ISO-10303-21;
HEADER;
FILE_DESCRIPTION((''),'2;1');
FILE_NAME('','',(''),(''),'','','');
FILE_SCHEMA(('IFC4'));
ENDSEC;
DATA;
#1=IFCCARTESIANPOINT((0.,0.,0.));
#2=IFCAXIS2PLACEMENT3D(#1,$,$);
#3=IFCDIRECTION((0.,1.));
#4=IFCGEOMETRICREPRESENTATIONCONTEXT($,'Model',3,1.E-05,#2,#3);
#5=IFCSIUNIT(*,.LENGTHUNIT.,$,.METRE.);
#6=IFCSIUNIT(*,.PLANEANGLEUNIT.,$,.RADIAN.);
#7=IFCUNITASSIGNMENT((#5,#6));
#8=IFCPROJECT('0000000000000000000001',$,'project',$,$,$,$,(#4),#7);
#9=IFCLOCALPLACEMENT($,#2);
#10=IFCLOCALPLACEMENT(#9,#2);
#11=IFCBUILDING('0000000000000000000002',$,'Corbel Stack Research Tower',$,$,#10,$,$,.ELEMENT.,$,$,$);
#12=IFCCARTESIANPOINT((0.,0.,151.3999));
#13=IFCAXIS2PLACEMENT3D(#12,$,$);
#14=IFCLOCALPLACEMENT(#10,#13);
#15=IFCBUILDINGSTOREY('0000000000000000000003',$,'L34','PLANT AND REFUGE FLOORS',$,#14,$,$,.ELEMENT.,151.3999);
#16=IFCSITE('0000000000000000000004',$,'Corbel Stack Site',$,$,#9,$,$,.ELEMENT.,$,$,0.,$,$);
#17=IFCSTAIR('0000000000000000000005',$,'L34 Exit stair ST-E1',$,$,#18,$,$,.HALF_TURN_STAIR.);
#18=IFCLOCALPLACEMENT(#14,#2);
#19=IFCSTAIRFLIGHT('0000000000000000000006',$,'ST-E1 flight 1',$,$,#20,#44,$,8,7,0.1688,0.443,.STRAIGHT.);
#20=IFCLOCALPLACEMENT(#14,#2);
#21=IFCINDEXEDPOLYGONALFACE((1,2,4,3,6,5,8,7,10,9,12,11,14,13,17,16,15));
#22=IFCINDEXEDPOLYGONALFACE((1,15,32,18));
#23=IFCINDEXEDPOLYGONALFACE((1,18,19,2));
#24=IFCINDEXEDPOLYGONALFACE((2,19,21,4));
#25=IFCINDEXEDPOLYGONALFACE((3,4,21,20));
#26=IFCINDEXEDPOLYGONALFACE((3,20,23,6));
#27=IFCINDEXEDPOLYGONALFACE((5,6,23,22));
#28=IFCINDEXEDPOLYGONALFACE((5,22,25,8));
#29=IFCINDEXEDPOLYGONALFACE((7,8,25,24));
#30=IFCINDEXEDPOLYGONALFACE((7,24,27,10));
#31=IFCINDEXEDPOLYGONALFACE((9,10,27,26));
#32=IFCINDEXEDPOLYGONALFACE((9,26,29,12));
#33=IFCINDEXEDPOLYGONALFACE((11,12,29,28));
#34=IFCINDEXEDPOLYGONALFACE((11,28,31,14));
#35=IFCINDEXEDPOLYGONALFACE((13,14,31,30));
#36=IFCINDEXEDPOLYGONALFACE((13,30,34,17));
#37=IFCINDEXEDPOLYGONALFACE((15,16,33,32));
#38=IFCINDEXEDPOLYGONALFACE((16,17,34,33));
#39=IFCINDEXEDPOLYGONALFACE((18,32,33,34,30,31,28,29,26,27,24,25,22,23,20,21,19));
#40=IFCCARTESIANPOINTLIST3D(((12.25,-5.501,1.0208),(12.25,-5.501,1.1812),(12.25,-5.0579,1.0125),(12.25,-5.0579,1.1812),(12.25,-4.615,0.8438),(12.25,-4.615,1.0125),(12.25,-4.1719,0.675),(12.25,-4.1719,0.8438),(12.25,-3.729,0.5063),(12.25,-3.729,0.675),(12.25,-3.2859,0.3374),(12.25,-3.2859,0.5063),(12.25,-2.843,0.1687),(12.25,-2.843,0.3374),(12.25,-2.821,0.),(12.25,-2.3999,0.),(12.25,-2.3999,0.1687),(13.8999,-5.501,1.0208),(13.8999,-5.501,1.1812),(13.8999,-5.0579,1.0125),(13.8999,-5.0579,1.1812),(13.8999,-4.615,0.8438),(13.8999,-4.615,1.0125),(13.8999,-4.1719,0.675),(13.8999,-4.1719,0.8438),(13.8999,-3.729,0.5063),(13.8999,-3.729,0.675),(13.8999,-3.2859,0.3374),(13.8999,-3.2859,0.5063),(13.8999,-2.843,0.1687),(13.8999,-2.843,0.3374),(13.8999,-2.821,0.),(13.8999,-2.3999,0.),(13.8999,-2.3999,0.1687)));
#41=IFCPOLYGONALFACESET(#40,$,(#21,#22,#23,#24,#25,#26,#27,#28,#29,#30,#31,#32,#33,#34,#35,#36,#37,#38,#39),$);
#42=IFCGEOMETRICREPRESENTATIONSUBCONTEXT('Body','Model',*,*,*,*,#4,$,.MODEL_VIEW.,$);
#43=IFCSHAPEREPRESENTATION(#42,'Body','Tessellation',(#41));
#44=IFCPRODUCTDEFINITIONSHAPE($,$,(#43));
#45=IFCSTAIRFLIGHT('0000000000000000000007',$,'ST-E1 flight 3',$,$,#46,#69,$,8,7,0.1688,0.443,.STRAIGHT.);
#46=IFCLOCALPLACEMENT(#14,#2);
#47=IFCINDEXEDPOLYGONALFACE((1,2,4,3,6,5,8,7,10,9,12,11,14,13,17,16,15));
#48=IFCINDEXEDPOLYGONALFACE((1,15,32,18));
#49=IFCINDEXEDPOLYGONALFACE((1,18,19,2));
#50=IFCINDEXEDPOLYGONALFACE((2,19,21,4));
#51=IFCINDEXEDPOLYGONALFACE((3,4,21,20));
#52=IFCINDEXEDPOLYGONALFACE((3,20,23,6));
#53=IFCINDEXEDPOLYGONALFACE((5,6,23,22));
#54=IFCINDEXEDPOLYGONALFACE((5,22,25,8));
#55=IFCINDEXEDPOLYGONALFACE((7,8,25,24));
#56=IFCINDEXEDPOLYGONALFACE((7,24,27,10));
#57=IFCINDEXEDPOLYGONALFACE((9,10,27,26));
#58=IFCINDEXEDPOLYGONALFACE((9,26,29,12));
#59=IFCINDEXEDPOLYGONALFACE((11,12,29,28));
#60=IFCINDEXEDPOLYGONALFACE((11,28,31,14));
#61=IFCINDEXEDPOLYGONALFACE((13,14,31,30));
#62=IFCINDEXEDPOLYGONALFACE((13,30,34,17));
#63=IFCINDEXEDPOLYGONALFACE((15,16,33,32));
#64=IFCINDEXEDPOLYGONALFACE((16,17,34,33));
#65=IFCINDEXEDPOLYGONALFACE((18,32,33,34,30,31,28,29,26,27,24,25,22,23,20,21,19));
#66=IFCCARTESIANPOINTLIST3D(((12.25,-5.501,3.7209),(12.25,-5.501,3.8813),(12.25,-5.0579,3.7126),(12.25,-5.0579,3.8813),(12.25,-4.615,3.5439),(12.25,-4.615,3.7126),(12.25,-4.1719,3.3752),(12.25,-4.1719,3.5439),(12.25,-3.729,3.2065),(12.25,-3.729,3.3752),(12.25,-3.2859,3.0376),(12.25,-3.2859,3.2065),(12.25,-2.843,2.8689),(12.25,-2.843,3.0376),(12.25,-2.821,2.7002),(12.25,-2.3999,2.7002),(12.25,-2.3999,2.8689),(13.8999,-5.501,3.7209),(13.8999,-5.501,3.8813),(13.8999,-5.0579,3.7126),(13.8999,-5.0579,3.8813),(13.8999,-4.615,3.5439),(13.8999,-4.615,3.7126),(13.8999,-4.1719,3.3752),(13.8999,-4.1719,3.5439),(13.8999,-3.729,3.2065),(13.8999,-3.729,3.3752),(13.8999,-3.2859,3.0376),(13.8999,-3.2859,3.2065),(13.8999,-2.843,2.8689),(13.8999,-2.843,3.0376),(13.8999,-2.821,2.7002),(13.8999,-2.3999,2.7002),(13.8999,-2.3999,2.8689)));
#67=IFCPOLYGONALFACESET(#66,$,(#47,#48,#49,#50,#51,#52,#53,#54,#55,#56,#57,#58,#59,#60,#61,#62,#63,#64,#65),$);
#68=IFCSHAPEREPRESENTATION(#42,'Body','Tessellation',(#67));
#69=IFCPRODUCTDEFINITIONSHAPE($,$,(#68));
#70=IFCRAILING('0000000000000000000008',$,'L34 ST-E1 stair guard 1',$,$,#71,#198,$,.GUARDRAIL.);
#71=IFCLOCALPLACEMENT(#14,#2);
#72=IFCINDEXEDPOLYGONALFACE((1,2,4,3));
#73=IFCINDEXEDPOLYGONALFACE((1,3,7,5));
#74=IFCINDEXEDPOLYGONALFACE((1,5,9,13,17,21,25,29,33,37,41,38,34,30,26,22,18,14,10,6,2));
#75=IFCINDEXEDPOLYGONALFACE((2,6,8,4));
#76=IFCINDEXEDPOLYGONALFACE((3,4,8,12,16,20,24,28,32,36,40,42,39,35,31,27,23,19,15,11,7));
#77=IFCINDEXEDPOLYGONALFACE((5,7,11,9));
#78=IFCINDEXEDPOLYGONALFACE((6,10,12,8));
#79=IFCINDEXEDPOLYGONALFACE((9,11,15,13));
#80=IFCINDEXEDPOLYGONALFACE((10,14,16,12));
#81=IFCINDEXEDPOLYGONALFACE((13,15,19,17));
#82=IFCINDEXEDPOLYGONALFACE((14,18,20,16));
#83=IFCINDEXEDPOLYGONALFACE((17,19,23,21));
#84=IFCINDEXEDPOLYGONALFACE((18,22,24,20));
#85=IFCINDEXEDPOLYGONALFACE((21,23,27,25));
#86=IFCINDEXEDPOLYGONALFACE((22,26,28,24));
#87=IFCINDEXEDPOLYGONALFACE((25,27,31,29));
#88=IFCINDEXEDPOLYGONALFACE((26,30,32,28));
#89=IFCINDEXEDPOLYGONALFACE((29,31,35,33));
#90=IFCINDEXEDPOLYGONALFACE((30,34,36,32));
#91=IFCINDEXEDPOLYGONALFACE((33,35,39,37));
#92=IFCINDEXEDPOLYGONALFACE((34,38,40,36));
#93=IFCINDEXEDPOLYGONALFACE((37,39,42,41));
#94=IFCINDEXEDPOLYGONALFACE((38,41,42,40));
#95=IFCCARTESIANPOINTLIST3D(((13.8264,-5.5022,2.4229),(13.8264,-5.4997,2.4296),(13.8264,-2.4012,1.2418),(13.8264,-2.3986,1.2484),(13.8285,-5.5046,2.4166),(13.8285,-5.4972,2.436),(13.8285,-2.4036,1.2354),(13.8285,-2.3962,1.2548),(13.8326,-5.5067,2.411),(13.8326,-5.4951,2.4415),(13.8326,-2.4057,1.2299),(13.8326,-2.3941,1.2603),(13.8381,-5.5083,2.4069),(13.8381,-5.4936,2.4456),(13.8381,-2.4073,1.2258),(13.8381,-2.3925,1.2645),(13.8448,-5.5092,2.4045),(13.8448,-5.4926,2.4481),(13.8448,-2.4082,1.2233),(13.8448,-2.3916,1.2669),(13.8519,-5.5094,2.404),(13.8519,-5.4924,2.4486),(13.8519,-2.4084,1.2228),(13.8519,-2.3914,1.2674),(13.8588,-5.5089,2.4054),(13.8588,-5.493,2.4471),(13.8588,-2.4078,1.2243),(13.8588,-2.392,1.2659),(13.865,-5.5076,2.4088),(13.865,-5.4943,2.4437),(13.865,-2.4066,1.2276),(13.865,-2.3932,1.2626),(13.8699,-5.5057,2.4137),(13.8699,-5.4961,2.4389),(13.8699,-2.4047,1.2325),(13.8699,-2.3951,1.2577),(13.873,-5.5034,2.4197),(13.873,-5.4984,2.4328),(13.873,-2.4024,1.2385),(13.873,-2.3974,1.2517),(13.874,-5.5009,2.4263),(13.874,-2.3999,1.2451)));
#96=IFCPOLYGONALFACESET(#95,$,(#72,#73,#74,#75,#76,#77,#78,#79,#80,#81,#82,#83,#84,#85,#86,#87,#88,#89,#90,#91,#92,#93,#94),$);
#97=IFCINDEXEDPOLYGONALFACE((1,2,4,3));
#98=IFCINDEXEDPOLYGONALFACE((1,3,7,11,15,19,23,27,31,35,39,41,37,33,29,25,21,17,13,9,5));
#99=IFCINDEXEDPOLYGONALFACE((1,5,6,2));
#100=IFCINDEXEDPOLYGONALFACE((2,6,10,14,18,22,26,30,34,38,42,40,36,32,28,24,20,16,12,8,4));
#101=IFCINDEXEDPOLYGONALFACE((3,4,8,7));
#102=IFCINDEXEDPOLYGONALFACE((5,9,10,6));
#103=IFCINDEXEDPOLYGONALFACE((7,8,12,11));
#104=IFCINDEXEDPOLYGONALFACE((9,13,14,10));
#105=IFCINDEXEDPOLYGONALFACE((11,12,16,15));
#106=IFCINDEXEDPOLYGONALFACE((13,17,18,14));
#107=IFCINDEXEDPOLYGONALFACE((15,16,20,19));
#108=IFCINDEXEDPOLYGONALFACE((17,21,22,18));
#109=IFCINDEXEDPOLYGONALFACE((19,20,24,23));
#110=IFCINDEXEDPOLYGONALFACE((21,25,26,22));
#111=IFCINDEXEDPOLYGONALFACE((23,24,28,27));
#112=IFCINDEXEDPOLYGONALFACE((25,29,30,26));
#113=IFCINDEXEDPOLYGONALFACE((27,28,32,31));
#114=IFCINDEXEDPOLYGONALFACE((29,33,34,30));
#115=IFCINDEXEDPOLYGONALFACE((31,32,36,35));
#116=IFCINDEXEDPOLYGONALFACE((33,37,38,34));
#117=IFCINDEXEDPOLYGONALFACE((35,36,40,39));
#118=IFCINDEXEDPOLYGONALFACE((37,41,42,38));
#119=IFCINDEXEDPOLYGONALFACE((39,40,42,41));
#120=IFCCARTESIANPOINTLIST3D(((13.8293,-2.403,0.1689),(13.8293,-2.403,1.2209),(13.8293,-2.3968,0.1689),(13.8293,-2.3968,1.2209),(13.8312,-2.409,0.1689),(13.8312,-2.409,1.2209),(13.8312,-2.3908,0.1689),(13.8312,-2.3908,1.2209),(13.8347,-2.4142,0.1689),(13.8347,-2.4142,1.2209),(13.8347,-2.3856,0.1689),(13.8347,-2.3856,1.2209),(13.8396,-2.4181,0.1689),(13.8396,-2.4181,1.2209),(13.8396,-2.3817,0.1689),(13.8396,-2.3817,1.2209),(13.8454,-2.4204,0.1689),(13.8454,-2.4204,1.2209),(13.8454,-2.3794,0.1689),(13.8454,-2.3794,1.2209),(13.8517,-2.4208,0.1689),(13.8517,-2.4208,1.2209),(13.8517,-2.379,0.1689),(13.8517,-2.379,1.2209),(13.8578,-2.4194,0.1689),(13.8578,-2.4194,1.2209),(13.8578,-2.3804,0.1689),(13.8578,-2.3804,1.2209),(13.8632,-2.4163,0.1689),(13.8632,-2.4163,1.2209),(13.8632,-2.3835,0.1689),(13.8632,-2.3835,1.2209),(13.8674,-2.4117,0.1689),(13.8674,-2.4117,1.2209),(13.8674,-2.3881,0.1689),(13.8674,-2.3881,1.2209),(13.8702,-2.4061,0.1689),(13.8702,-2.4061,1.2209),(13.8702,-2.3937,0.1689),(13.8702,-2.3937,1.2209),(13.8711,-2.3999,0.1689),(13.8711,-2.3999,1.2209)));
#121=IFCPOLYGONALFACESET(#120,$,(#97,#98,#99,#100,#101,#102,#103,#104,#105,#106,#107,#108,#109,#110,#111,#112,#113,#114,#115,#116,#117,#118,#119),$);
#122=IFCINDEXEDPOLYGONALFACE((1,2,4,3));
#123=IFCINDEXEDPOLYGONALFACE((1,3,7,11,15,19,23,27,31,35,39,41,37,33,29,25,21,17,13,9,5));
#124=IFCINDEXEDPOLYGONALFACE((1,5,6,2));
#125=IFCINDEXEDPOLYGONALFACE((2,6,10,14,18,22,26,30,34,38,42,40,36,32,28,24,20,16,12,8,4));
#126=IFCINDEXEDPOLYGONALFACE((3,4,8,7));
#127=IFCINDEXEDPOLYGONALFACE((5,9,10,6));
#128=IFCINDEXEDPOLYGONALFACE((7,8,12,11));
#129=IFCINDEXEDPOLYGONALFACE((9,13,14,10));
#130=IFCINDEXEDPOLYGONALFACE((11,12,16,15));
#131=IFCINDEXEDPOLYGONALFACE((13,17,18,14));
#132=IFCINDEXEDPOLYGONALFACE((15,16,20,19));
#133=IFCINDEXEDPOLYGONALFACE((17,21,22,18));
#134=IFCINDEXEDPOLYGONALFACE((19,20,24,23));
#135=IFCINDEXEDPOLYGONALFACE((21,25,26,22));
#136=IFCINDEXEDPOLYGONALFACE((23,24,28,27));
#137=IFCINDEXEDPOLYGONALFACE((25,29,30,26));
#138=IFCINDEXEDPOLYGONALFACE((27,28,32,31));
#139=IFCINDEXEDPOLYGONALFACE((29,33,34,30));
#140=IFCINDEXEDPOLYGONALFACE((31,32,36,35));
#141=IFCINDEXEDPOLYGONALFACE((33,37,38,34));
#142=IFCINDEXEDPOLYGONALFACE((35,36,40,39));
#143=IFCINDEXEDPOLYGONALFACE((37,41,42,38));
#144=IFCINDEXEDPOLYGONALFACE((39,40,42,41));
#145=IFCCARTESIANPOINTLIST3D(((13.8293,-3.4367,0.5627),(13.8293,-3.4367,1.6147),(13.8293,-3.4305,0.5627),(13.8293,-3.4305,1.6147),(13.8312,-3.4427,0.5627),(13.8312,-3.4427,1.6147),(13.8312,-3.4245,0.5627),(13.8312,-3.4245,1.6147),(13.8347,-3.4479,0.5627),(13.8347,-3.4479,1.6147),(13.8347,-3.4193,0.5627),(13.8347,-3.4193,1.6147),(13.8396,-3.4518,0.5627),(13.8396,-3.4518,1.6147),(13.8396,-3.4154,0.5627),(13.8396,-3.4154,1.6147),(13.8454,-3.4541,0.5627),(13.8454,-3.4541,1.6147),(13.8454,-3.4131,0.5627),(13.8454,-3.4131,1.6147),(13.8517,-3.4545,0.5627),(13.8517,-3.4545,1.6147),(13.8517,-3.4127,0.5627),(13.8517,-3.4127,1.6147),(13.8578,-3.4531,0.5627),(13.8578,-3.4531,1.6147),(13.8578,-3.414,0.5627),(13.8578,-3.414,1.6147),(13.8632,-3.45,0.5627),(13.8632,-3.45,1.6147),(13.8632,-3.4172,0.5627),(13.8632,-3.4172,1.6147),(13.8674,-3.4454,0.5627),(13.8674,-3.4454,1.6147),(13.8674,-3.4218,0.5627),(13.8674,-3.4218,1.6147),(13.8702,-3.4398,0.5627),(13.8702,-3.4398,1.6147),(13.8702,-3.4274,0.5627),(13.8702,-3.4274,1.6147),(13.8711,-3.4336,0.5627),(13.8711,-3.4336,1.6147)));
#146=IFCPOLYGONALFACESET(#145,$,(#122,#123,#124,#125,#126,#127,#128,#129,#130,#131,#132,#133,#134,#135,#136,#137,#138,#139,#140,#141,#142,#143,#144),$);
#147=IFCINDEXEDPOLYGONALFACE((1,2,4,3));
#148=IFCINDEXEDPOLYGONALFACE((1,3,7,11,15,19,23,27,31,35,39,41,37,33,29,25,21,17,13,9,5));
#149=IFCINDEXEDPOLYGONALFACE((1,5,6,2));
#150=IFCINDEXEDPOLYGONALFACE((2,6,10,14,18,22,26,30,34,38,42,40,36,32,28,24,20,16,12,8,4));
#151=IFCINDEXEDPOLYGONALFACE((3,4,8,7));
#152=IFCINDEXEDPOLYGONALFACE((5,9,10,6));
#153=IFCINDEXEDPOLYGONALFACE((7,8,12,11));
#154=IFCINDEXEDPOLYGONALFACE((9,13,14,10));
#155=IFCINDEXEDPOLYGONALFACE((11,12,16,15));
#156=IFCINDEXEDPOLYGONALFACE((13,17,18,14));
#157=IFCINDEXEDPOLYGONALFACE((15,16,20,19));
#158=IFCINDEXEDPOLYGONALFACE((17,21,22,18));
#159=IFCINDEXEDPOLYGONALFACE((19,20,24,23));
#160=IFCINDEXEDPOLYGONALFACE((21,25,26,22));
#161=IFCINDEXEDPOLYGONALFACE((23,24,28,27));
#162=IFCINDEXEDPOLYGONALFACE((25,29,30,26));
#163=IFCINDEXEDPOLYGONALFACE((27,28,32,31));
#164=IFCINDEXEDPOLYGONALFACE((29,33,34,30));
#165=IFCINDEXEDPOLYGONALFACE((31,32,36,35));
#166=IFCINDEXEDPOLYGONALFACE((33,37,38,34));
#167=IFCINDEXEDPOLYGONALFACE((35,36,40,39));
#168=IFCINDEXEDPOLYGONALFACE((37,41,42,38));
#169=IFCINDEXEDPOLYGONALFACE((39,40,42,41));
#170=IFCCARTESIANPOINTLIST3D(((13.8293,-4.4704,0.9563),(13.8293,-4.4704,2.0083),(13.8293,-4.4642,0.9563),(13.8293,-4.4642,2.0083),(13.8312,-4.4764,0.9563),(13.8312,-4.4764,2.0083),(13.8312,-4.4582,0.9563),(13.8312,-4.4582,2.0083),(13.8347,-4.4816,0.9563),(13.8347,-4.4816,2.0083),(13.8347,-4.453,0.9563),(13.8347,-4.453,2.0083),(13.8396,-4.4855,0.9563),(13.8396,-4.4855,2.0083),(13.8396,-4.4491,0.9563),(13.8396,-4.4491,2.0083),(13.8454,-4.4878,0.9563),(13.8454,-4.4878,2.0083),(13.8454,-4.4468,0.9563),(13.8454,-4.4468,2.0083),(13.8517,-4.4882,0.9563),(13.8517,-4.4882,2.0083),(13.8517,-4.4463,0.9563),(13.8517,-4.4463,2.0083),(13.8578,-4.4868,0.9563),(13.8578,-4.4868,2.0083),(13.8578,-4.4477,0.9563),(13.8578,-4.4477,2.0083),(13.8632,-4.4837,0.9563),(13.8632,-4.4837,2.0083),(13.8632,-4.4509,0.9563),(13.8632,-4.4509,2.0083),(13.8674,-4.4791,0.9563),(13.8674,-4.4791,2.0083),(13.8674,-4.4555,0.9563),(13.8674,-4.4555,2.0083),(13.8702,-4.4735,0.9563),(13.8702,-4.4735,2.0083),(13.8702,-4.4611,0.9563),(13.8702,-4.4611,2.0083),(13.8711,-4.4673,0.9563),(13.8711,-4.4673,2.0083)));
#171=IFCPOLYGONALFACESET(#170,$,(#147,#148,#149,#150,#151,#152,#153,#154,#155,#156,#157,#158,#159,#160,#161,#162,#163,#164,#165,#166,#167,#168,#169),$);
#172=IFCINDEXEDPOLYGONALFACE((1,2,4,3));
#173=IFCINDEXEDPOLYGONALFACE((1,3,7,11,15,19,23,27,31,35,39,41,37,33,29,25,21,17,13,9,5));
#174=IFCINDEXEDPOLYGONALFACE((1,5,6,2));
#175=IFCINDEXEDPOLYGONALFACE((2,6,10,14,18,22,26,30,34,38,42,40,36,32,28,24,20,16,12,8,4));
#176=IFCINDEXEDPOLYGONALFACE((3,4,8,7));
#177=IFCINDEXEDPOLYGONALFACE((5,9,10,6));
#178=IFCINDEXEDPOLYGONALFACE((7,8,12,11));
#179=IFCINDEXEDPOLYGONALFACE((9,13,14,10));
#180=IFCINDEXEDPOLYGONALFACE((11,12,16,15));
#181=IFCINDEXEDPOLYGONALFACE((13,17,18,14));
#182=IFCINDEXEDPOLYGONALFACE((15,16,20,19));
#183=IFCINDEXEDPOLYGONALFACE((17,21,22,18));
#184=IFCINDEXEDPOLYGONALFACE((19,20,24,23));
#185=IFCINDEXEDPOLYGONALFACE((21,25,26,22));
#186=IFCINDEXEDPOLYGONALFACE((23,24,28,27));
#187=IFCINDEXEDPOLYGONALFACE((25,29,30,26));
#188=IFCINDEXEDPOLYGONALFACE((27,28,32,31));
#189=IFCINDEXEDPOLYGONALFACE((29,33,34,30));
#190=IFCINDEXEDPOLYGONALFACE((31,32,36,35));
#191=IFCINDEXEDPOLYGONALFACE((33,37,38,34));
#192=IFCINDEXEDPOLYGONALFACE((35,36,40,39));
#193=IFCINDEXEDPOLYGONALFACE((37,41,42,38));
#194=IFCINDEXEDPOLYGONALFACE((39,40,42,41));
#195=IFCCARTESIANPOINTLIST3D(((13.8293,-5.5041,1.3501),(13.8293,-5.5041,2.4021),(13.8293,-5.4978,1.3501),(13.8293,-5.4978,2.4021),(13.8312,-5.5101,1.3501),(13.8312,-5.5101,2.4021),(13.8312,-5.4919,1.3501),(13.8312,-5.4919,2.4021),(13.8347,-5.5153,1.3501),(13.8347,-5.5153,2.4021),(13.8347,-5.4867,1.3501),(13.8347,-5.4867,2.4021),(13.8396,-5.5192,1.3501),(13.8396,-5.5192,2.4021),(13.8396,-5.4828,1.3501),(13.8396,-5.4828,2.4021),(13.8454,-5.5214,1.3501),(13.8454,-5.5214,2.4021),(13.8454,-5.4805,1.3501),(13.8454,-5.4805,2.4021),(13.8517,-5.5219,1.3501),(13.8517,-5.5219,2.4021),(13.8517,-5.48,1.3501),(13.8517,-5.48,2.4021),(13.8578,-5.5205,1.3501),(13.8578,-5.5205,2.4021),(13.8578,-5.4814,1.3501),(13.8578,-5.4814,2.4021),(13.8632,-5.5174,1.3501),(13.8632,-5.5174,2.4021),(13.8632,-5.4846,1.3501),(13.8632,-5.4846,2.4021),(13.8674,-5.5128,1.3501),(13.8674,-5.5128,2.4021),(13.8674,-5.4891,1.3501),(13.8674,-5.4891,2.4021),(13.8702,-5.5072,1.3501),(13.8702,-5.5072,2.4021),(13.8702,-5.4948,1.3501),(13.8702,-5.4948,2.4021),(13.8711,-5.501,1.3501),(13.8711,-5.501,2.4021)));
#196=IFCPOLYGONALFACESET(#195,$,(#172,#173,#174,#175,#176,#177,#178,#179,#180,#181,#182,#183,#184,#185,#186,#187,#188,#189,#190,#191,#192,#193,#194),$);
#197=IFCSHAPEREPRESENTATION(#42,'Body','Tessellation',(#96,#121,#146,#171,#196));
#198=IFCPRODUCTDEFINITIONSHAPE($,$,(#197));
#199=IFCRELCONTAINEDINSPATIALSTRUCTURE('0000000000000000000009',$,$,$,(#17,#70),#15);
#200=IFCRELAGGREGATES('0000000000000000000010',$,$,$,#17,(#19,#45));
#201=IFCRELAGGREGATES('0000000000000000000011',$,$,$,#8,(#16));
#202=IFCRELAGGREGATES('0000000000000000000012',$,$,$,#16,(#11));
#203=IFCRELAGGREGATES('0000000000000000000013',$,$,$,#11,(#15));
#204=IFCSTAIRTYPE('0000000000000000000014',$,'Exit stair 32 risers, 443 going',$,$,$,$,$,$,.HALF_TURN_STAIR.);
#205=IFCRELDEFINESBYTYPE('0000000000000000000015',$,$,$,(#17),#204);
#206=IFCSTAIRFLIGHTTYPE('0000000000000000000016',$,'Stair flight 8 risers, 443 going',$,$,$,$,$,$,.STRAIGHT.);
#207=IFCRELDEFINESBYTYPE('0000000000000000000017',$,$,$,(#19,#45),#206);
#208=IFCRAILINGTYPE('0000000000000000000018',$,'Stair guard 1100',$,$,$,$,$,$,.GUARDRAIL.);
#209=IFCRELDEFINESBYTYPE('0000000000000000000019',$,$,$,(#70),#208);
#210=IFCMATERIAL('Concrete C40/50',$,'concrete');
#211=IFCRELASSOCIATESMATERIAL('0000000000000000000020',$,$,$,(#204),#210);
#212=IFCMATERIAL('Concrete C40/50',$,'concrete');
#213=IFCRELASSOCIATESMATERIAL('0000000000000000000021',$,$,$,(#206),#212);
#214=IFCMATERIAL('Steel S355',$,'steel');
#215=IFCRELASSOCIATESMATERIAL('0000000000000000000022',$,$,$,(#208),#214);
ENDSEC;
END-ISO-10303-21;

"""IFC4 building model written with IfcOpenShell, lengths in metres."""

from ifc_helpers import new_model, si_unit, direction, frame, origin, origin_2d, place, context, subcontext, project, spatial, polyline, circle, outline, extrude, material, type_object, element, aggregate, save


model = new_model("IFC4")

# Units and contexts
model_context = context("Model", 3, precision=1e-05, world=origin(), true_north=direction((0.0, 1.0)))
body_context = subcontext(model_context, "Body", "Model", "MODEL_VIEW")
ifc_project = project(units=[si_unit("LENGTHUNIT", "METRE"), si_unit("PLANEANGLEUNIT", "RADIAN")], contexts=[model_context])

# Site, building, storey
site_placement = place(None, origin())
site = spatial("IfcSite", under=ifc_project, at=site_placement, Name="Corbel Stack Site", CompositionType="ELEMENT", RefElevation=0.0)
building_placement = place(site_placement, origin())
building = spatial("IfcBuilding", under=site, at=building_placement, Name="Corbel Stack Research Tower", CompositionType="ELEMENT")
storey_placement = place(building_placement, frame((0.0, 0.0, 151.3999)))
storey = spatial("IfcBuildingStorey", under=building, at=storey_placement, Name="L34", Description="PLANT AND REFUGE FLOORS", CompositionType="ELEMENT", Elevation=151.3999)

# Stair, stair flights
ifc_material_1 = material(Name="Concrete C40/50", Category="concrete")
stair_type = type_object("IfcStairType", Name="Exit stair 32 risers, 443 going", PredefinedType="HALF_TURN_STAIR", material=ifc_material_1)
stair_placement = place(storey_placement, origin())
stair = element("IfcStair", 1, at=stair_placement, inside=storey, type_object=stair_type, Name="L34 Exit stair ST-E1", PredefinedType="HALF_TURN_STAIR")
ifc_material_2 = material(Name="Concrete C40/50", Category="concrete")
stair_flight_type = type_object("IfcStairFlightType", Name="Stair flight 8 risers, 443 going", PredefinedType="STRAIGHT", material=ifc_material_2)
stair_flight_1_placement = place(storey_placement, frame((13.075, -2.3999, 0.0), z_axis=(0.0, 0.0, 1.0), x_axis=(0.0, -1.0, 0.0)))
stair_flight_1 = element("IfcStairFlight", 2, at=stair_flight_1_placement, type_object=stair_flight_type, Name="ST-E1 flight 1", NumberOfRisers=8, NumberOfTreads=7, PredefinedType="STRAIGHT", RiserHeight=0.1688, TreadLength=0.443, context=body_context, shape_type="SweptSolid", body=[
    extrude(outline(polyline([(0.0, 0.0), (0.0, 0.1687), (0.4431, 0.1687), (0.4431, 0.3374), (0.886, 0.3374), (0.886, 0.5063), (1.3291, 0.5063), (1.3291, 0.675), (1.772, 0.675), (1.772, 0.8438), (2.2151, 0.8438), (2.2151, 1.0125), (2.658, 1.0125), (2.658, 1.1812), (3.1011, 1.1812), (3.1011, 1.3501), (3.1011, 1.0208), (0.4211, 0.0), (0.0, 0.0)])), frame((0.0, 0.825, 0.0), z_axis=(0.0, -1.0, 0.0), x_axis=(1.0, 0.0, 0.0)), (0.0, 0.0, 1.0), 1.6499),
])
stair_flight_2_placement = place(storey_placement, frame((13.075, -2.3999, 2.7002), z_axis=(0.0, 0.0, 1.0), x_axis=(0.0, -1.0, 0.0)))
stair_flight_2 = element("IfcStairFlight", 3, at=stair_flight_2_placement, type_object=stair_flight_type, Name="ST-E1 flight 3", NumberOfRisers=8, NumberOfTreads=7, PredefinedType="STRAIGHT", RiserHeight=0.1688, TreadLength=0.443, context=body_context, shape_type="SweptSolid", body=[
    extrude(outline(polyline([(0.0, 0.0), (0.0, 0.1687), (0.4431, 0.1687), (0.4431, 0.3374), (0.886, 0.3374), (0.886, 0.5063), (1.3291, 0.5063), (1.3291, 0.675), (1.772, 0.675), (1.772, 0.8438), (2.2151, 0.8438), (2.2151, 1.0125), (2.658, 1.0125), (2.658, 1.1812), (3.1011, 1.1812), (3.1011, 1.3501), (3.1011, 1.0208), (0.4211, 0.0), (0.0, 0.0)])), frame((0.0, 0.825, 0.0), z_axis=(0.0, -1.0, 0.0), x_axis=(1.0, 0.0, 0.0)), (0.0, 0.0, 1.0), 1.6499),
])
aggregate(stair, [stair_flight_1, stair_flight_2])

# Railing
ifc_material_3 = material(Name="Steel S355", Category="steel")
railing_type_1 = type_object("IfcRailingType", Name="Stair guard 1100", PredefinedType="GUARDRAIL", material=ifc_material_3)
railing_1_placement = place(storey_placement, frame((13.8501, -2.3999, 0.1689)))
element("IfcRailing", 4, at=railing_1_placement, inside=storey, type_object=railing_type_1, Name="L34 ST-E1 stair guard 1", PredefinedType="GUARDRAIL", context=body_context, shape_type="SweptSolid", body=[
    extrude(circle(Radius=0.0239, at=origin_2d()), frame((0.0, 0.0, 1.0762), z_axis=(0.0, -0.934509, 0.35594), x_axis=(1.0, 0.0, 0.0)), (0.0, 0.0, 1.0), 3.3184),
    extrude(circle(Radius=0.021, at=origin_2d()), origin(), (0.0, 0.0, 1.0), 1.052),
    extrude(circle(Radius=0.021, at=origin_2d()), frame((0.0, -1.0337, 0.3938)), (0.0, 0.0, 1.0), 1.052),
    extrude(circle(Radius=0.021, at=origin_2d()), frame((0.0, -2.0674, 0.7874)), (0.0, 0.0, 1.0), 1.052),
    extrude(circle(Radius=0.021, at=origin_2d()), frame((0.0, -3.1011, 1.1812)), (0.0, 0.0, 1.0), 1.052),
])

save(model, "model.ifc")
